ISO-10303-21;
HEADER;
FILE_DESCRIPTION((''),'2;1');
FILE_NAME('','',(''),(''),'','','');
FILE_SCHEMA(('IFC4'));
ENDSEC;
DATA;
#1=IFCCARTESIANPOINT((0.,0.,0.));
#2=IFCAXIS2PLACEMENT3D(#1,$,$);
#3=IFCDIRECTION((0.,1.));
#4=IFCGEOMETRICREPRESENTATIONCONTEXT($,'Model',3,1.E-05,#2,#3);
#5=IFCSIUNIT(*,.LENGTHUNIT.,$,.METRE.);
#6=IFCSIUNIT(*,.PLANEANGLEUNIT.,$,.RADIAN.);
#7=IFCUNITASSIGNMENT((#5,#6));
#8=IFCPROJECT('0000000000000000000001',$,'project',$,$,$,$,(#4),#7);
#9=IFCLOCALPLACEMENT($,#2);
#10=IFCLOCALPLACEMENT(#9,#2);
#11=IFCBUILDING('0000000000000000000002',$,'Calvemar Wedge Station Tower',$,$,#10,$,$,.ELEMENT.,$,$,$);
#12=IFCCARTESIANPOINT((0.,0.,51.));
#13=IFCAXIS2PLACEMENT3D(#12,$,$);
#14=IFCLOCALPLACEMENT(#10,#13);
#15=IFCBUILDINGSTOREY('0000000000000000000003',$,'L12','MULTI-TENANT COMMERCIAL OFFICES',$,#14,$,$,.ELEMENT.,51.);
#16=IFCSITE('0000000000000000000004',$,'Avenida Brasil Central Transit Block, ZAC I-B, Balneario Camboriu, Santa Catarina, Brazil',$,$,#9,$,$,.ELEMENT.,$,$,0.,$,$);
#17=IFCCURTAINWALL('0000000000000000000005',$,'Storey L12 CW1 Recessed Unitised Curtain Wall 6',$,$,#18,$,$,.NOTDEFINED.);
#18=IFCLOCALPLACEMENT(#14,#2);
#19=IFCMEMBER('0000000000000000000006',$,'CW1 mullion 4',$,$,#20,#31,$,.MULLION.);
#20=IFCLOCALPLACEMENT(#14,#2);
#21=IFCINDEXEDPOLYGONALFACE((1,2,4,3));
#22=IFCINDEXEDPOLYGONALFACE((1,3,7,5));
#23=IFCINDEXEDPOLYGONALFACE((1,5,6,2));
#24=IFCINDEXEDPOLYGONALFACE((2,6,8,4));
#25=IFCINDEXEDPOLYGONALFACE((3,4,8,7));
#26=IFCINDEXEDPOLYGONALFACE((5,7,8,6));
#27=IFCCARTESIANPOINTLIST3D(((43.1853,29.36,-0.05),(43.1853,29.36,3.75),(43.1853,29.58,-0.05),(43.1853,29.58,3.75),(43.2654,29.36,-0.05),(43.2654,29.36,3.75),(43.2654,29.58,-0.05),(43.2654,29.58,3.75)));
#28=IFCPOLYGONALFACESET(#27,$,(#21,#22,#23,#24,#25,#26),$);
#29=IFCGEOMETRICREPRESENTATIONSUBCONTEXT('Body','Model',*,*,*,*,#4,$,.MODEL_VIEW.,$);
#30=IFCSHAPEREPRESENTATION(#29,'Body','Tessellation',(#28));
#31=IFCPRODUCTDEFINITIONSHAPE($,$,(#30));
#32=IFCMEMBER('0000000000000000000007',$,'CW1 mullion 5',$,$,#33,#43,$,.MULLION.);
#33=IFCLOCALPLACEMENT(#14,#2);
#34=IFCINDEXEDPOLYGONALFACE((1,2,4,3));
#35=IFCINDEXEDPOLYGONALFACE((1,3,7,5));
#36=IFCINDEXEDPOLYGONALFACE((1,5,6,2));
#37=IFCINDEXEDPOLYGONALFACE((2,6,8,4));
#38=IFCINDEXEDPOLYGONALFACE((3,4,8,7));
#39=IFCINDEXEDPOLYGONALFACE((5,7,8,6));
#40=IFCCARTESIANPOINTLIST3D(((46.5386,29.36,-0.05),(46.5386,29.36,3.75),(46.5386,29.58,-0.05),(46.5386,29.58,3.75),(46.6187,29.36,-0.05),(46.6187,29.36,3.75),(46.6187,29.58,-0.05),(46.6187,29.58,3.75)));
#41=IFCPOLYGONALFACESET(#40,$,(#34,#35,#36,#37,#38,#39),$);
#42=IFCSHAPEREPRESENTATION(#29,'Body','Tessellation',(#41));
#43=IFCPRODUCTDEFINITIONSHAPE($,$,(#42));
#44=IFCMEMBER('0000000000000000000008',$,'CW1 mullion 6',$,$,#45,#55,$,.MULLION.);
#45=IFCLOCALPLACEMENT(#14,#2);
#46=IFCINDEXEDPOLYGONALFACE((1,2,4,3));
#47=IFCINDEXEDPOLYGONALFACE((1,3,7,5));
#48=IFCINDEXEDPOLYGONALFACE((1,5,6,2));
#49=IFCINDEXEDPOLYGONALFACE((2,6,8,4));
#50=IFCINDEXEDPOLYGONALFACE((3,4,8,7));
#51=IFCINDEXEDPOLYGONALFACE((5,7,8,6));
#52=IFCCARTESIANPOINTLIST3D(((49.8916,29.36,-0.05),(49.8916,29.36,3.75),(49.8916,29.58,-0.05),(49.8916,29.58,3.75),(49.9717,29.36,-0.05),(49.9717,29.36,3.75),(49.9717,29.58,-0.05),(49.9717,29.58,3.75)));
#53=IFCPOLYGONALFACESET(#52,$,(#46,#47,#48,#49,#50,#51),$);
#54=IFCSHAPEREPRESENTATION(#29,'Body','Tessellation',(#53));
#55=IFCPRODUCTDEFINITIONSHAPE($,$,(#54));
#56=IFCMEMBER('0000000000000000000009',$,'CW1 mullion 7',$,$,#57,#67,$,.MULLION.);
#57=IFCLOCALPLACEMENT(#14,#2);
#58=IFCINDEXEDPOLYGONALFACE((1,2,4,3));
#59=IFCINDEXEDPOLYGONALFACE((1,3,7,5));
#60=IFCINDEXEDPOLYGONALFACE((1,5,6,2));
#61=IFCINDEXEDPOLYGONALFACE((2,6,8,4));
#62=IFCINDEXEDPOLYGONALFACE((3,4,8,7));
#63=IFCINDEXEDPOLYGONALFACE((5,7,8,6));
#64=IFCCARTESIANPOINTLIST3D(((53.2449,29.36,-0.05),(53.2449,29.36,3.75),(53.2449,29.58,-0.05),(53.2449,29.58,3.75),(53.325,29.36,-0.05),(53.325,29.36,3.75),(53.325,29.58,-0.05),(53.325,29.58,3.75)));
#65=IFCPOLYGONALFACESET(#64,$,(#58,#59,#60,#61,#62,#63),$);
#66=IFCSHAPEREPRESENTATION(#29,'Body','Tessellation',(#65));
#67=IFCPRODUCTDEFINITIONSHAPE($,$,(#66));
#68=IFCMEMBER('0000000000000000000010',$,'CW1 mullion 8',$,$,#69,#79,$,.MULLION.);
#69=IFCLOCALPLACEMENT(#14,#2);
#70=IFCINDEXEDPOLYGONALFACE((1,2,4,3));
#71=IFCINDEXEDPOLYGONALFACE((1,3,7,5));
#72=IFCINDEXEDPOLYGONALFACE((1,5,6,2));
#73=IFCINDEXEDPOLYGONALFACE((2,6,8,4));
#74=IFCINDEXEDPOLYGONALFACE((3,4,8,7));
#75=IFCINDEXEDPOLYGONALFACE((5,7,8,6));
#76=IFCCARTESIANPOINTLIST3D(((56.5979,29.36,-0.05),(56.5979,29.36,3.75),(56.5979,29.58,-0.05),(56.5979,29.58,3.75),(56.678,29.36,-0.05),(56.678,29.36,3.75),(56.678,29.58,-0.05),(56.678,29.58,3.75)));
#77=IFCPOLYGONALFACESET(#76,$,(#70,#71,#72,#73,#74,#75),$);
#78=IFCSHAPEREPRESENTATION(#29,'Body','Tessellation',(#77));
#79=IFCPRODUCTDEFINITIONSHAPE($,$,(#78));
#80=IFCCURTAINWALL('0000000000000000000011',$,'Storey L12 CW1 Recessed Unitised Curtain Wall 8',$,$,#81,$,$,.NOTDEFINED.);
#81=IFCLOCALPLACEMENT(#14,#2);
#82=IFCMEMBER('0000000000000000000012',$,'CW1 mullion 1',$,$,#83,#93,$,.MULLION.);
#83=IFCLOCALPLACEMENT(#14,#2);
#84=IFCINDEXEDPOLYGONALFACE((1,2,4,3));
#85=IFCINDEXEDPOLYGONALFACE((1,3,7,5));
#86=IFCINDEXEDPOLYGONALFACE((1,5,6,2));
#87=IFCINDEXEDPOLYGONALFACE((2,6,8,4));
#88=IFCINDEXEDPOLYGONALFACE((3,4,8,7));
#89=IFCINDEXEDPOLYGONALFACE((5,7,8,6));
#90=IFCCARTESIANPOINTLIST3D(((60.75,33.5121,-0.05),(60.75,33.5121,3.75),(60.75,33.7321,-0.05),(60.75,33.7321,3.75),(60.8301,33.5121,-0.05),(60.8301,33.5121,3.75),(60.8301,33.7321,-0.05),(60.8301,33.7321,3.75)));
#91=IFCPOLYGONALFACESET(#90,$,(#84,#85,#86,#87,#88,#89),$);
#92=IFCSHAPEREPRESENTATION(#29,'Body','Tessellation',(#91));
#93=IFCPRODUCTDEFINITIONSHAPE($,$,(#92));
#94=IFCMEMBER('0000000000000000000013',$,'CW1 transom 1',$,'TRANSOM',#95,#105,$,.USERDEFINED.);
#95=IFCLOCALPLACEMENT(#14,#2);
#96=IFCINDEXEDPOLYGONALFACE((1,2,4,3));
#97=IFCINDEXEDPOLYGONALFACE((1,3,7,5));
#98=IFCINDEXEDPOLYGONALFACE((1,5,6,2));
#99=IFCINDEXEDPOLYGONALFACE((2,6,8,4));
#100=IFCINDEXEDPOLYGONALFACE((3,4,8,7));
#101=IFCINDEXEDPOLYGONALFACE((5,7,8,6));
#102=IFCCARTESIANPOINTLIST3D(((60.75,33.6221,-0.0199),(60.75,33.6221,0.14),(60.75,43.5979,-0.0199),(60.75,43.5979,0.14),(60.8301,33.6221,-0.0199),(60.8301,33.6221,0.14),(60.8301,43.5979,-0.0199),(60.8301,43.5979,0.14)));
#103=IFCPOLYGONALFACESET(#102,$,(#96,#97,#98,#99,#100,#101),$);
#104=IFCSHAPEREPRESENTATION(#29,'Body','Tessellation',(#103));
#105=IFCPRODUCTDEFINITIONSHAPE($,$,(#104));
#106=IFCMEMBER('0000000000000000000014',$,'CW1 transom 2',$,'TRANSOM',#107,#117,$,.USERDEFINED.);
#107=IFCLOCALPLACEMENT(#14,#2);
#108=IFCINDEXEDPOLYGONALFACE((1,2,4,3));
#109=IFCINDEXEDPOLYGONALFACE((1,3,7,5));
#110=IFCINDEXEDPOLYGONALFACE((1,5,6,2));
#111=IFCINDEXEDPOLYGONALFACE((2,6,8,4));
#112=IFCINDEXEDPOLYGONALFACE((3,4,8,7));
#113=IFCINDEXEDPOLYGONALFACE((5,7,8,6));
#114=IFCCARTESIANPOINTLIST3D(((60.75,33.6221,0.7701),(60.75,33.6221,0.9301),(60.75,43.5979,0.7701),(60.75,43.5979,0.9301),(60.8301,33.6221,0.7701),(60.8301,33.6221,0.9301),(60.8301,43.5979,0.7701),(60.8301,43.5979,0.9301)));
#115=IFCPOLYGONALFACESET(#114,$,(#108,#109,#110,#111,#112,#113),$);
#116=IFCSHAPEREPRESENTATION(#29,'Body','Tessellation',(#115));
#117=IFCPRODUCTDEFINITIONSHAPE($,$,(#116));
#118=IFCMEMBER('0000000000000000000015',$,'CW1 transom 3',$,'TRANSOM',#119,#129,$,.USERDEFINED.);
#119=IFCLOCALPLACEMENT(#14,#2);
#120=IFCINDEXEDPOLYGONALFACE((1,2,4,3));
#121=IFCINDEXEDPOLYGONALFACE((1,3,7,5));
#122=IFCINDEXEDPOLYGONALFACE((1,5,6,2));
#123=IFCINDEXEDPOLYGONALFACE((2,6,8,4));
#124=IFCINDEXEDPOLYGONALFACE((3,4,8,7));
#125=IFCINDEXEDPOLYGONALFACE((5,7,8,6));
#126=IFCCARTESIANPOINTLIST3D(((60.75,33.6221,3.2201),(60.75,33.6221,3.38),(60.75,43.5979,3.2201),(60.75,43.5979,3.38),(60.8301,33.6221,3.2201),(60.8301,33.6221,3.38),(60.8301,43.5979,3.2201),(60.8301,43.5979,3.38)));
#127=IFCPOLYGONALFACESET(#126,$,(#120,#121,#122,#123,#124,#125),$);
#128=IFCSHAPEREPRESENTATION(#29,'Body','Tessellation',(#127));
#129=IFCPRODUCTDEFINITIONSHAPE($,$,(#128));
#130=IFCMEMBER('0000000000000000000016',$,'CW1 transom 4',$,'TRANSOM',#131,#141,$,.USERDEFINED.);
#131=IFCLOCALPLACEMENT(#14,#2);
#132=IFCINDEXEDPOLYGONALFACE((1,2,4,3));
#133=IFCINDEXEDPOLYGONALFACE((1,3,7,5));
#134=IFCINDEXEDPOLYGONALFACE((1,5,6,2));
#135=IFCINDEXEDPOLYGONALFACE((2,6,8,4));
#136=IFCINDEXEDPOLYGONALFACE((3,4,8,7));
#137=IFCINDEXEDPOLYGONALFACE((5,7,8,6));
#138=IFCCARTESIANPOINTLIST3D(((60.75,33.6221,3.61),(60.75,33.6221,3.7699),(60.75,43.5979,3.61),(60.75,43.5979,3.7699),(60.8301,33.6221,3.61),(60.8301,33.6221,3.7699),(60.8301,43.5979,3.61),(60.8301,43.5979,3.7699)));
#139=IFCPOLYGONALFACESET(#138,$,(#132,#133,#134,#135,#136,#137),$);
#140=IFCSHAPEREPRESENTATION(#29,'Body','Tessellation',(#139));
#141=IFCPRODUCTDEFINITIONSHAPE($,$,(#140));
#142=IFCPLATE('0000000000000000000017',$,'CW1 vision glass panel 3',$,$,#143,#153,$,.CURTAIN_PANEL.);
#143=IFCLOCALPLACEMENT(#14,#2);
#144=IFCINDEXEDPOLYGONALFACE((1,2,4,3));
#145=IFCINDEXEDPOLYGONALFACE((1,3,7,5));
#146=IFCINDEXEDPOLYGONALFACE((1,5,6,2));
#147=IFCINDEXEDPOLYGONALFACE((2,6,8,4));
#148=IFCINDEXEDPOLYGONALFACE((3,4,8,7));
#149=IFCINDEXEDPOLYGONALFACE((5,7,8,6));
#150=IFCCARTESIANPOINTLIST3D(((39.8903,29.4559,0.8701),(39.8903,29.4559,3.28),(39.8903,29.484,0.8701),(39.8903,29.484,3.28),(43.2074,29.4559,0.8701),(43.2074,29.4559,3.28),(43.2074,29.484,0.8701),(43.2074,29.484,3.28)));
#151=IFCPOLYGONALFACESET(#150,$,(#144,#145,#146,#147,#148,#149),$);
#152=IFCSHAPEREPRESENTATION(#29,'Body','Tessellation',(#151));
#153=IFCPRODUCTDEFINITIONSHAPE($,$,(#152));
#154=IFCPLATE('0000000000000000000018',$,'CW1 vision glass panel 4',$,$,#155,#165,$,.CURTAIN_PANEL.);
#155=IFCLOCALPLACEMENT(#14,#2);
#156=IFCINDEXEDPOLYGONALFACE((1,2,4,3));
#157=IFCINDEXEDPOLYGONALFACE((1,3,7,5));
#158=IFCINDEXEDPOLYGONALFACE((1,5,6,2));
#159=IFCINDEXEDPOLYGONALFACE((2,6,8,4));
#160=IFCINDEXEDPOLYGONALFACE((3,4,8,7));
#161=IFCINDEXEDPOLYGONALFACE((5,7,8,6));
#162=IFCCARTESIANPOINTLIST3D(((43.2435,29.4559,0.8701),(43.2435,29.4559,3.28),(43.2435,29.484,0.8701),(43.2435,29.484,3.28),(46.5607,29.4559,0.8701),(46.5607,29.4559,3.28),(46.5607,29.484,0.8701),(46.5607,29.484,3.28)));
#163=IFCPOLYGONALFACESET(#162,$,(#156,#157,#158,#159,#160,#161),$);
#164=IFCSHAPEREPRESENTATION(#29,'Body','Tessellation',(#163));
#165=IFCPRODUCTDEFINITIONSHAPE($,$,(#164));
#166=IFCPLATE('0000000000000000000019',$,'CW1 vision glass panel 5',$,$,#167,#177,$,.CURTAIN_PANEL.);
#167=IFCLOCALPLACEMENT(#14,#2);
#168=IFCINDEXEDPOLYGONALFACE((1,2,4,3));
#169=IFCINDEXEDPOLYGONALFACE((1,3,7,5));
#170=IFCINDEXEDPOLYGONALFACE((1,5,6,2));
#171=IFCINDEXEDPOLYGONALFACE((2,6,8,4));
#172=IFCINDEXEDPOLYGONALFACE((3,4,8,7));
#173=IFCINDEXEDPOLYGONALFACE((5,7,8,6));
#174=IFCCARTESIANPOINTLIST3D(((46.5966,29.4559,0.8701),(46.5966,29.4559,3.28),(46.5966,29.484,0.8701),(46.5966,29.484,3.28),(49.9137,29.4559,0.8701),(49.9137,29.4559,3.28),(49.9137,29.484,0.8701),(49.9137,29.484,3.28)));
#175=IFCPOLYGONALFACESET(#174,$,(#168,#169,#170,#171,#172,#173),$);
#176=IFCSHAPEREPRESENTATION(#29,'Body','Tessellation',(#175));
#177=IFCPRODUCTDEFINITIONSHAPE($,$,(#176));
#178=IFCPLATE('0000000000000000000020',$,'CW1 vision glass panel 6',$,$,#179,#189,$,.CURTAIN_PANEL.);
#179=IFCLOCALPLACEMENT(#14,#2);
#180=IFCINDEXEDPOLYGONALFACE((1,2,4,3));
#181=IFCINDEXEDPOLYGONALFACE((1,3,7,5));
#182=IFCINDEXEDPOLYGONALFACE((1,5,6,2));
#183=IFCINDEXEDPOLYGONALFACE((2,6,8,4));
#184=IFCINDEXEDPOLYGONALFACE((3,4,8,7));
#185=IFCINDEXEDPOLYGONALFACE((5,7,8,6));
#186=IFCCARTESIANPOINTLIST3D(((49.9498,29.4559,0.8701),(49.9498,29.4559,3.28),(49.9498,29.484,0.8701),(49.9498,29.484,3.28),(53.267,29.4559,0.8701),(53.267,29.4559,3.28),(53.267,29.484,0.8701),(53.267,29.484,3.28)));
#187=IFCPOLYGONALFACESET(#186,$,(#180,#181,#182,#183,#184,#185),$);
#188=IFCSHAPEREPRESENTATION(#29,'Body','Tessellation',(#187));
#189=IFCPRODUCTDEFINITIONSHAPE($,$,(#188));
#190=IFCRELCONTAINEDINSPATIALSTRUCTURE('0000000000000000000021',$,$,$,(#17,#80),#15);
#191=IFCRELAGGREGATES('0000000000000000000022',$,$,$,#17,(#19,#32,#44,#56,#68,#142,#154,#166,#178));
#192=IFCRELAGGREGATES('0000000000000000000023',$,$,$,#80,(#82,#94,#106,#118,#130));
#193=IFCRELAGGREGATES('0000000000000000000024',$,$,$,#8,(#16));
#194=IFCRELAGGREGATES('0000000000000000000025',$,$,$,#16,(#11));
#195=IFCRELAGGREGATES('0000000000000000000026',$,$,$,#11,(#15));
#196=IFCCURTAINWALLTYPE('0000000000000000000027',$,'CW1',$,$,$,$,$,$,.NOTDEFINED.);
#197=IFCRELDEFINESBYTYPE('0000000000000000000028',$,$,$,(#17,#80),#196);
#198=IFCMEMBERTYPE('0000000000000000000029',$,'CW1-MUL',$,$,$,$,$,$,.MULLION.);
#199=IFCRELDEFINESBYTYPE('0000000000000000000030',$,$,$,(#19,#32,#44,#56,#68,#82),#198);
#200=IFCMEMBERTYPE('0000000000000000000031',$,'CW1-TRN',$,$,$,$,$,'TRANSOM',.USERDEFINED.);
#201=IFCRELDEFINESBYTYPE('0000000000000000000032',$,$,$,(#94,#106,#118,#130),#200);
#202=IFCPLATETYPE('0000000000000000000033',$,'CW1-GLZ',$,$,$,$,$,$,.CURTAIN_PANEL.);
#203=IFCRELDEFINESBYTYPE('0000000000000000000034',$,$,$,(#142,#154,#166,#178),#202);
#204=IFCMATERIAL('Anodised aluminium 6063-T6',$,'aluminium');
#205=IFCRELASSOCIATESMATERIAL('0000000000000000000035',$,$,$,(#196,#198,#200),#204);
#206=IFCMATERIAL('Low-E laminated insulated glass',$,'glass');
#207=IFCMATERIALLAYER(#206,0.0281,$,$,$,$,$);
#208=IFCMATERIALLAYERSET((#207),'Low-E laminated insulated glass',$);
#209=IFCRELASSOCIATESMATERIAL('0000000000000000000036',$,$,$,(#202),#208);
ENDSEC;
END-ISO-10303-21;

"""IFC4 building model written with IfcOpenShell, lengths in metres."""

from ifc_helpers import new_model, si_unit, direction, frame, frame_2d, origin, origin_2d, place, context, subcontext, project, spatial, rectangle, extrude, source, transform, mapped, material, layer, layer_set, material_profile, profile_set, type_object, element, aggregate, save


model = new_model("IFC4")

# Units and contexts
model_context = context("Model", 3, precision=1e-05, world=origin(), true_north=direction((0.0, 1.0)))
body_context = subcontext(model_context, "Body", "Model", "MODEL_VIEW")
ifc_project = project(units=[si_unit("LENGTHUNIT", "METRE"), si_unit("PLANEANGLEUNIT", "RADIAN")], contexts=[model_context])

# Site, building, storey
site_placement = place(None, origin())
site = spatial("IfcSite", under=ifc_project, at=site_placement, Name="Avenida Brasil Central Transit Block, ZAC I-B, Balneario Camboriu, Santa Catarina, Brazil", CompositionType="ELEMENT", RefElevation=0.0)
building_placement = place(site_placement, origin())
building = spatial("IfcBuilding", under=site, at=building_placement, Name="Calvemar Wedge Station Tower", CompositionType="ELEMENT")
storey_placement = place(building_placement, frame((0.0, 0.0, 51.0)))
storey = spatial("IfcBuildingStorey", under=building, at=storey_placement, Name="L12", Description="MULTI-TENANT COMMERCIAL OFFICES", CompositionType="ELEMENT", Elevation=51.0)

# Curtain walls, members
ifc_material_1 = material(Name="Anodised aluminium 6063-T6", Category="aluminium")
curtain_wall_type = type_object("IfcCurtainWallType", Name="CW1", PredefinedType="NOTDEFINED", material=ifc_material_1)
curtain_wall_1_placement = place(storey_placement, origin())
curtain_wall_1 = element("IfcCurtainWall", 1, at=curtain_wall_1_placement, inside=storey, type_object=curtain_wall_type, Name="Storey L12 CW1 Recessed Unitised Curtain Wall 6", PredefinedType="NOTDEFINED")
ifc_material_profile_1 = material_profile(ifc_material_1, rectangle(XDim=0.0801, YDim=0.22, at=origin_2d()), Name="AL-MUL-80x220")
ifc_profile_set_1 = profile_set([ifc_material_profile_1], Name="Anodised aluminium 6063-T6")
member_type_1 = type_object("IfcMemberType", Name="CW1-MUL", PredefinedType="MULLION", material=ifc_profile_set_1)
shared_shape_1 = source(origin(), body_context, "Body", "SweptSolid", [
    extrude(rectangle(XDim=0.0801, YDim=0.22, at=origin_2d()), origin(), (0.0, 0.0, 1.0), 3.8),
])
member_1_placement = place(storey_placement, frame((43.2253, 29.47, -0.05), z_axis=(0.0, 0.0, 1.0), x_axis=(1.0, 0.0, 0.0)))
member_1 = element("IfcMember", 2, at=member_1_placement, type_object=member_type_1, Name="CW1 mullion 4", PredefinedType="MULLION", context=body_context, shape_type="MappedRepresentation", body=[
    mapped(shared_shape_1, transform((0.0, 0.0, 0.0), scale=1.0)),
])
member_2_placement = place(storey_placement, frame((46.5786, 29.47, -0.05), z_axis=(0.0, 0.0, 1.0), x_axis=(1.0, 0.0, 0.0)))
member_2 = element("IfcMember", 3, at=member_2_placement, type_object=member_type_1, Name="CW1 mullion 5", PredefinedType="MULLION", context=body_context, shape_type="MappedRepresentation", body=[
    mapped(shared_shape_1, transform((0.0, 0.0, 0.0), scale=1.0)),
])
member_3_placement = place(storey_placement, frame((49.9316, 29.47, -0.05), z_axis=(0.0, 0.0, 1.0), x_axis=(1.0, 0.0, 0.0)))
member_3 = element("IfcMember", 4, at=member_3_placement, type_object=member_type_1, Name="CW1 mullion 6", PredefinedType="MULLION", context=body_context, shape_type="MappedRepresentation", body=[
    mapped(shared_shape_1, transform((0.0, 0.0, 0.0), scale=1.0)),
])
member_4_placement = place(storey_placement, frame((53.2849, 29.47, -0.05), z_axis=(0.0, 0.0, 1.0), x_axis=(1.0, 0.0, 0.0)))
member_4 = element("IfcMember", 5, at=member_4_placement, type_object=member_type_1, Name="CW1 mullion 7", PredefinedType="MULLION", context=body_context, shape_type="MappedRepresentation", body=[
    mapped(shared_shape_1, transform((0.0, 0.0, 0.0), scale=1.0)),
])
member_5_placement = place(storey_placement, frame((56.6379, 29.47, -0.05), z_axis=(0.0, 0.0, 1.0), x_axis=(1.0, 0.0, 0.0)))
member_5 = element("IfcMember", 6, at=member_5_placement, type_object=member_type_1, Name="CW1 mullion 8", PredefinedType="MULLION", context=body_context, shape_type="MappedRepresentation", body=[
    mapped(shared_shape_1, transform((0.0, 0.0, 0.0), scale=1.0)),
])
curtain_wall_2_placement = place(storey_placement, origin())
curtain_wall_2 = element("IfcCurtainWall", 7, at=curtain_wall_2_placement, inside=storey, type_object=curtain_wall_type, Name="Storey L12 CW1 Recessed Unitised Curtain Wall 8", PredefinedType="NOTDEFINED")
member_6_placement = place(storey_placement, frame((60.79, 33.6221, -0.05), z_axis=(0.0, 0.0, 1.0), x_axis=(1.0, 0.0, 0.0)))
member_6 = element("IfcMember", 8, at=member_6_placement, type_object=member_type_1, Name="CW1 mullion 1", PredefinedType="MULLION", context=body_context, shape_type="MappedRepresentation", body=[
    mapped(shared_shape_1, transform((0.0, 0.0, 0.0), scale=1.0)),
])
ifc_material_profile_2 = material_profile(ifc_material_1, rectangle(XDim=0.0801, YDim=0.1599, at=origin_2d()), Name="AL-TRN-80x160")
ifc_profile_set_2 = profile_set([ifc_material_profile_2], Name="Anodised aluminium 6063-T6")
member_type_2 = type_object("IfcMemberType", Name="CW1-TRN", ElementType="TRANSOM", PredefinedType="USERDEFINED", material=ifc_profile_set_2)
shared_shape_2 = source(origin(), body_context, "Body", "SweptSolid", [
    extrude(rectangle(XDim=0.0801, YDim=0.1599, at=origin_2d()), origin(), (0.0, 0.0, 1.0), 9.9758),
])
member_7_placement = place(storey_placement, frame((60.79, 33.6221, 0.0601), z_axis=(0.0, 1.0, 0.0), x_axis=(-1.0, 0.0, 0.0)))
member_7 = element("IfcMember", 9, at=member_7_placement, type_object=member_type_2, Name="CW1 transom 1", ObjectType="TRANSOM", PredefinedType="USERDEFINED", context=body_context, shape_type="MappedRepresentation", body=[
    mapped(shared_shape_2, transform((0.0, 0.0, 0.0), scale=1.0)),
])
member_8_placement = place(storey_placement, frame((60.79, 33.6221, 0.8501), z_axis=(0.0, 1.0, 0.0), x_axis=(-1.0, 0.0, 0.0)))
member_8 = element("IfcMember", 10, at=member_8_placement, type_object=member_type_2, Name="CW1 transom 2", ObjectType="TRANSOM", PredefinedType="USERDEFINED", context=body_context, shape_type="MappedRepresentation", body=[
    mapped(shared_shape_2, transform((0.0, 0.0, 0.0), scale=1.0)),
])
member_9_placement = place(storey_placement, frame((60.79, 33.6221, 3.3), z_axis=(0.0, 1.0, 0.0), x_axis=(-1.0, 0.0, 0.0)))
member_9 = element("IfcMember", 11, at=member_9_placement, type_object=member_type_2, Name="CW1 transom 3", ObjectType="TRANSOM", PredefinedType="USERDEFINED", context=body_context, shape_type="MappedRepresentation", body=[
    mapped(shared_shape_2, transform((0.0, 0.0, 0.0), scale=1.0)),
])
member_10_placement = place(storey_placement, frame((60.79, 33.6221, 3.6899), z_axis=(0.0, 1.0, 0.0), x_axis=(-1.0, 0.0, 0.0)))
member_10 = element("IfcMember", 12, at=member_10_placement, type_object=member_type_2, Name="CW1 transom 4", ObjectType="TRANSOM", PredefinedType="USERDEFINED", context=body_context, shape_type="MappedRepresentation", body=[
    mapped(shared_shape_2, transform((0.0, 0.0, 0.0), scale=1.0)),
])

# Plates
ifc_material_2 = material(Name="Low-E laminated insulated glass", Category="glass")
ifc_layer_1 = layer(ifc_material_2, 0.0281)
ifc_layer_set_1 = layer_set([ifc_layer_1], Name="Low-E laminated insulated glass")
plate_type_1 = type_object("IfcPlateType", Name="CW1-GLZ", PredefinedType="CURTAIN_PANEL", material=ifc_layer_set_1)
plate_1_placement = place(storey_placement, frame((39.8901, 29.47, 0.8701), z_axis=(0.0, 0.0, 1.0), x_axis=(1.0, 0.0, 0.0)))
plate_1 = element("IfcPlate", 13, at=plate_1_placement, type_object=plate_type_1, Name="CW1 vision glass panel 3", PredefinedType="CURTAIN_PANEL", context=body_context, shape_type="SweptSolid", body=[
    extrude(rectangle(XDim=3.3171, YDim=0.0281, at=frame_2d((1.6587, 0.0))), origin(), (0.0, 0.0, 1.0), 2.4099),
])
plate_2_placement = place(storey_placement, frame((43.2434, 29.47, 0.8701), z_axis=(0.0, 0.0, 1.0), x_axis=(1.0, 0.0, 0.0)))
plate_2 = element("IfcPlate", 14, at=plate_2_placement, type_object=plate_type_1, Name="CW1 vision glass panel 4", PredefinedType="CURTAIN_PANEL", context=body_context, shape_type="SweptSolid", body=[
    extrude(rectangle(XDim=3.3171, YDim=0.0281, at=frame_2d((1.6587, 0.0))), origin(), (0.0, 0.0, 1.0), 2.4099),
])
plate_3_placement = place(storey_placement, frame((46.5964, 29.47, 0.8701), z_axis=(0.0, 0.0, 1.0), x_axis=(1.0, 0.0, 0.0)))
plate_3 = element("IfcPlate", 15, at=plate_3_placement, type_object=plate_type_1, Name="CW1 vision glass panel 5", PredefinedType="CURTAIN_PANEL", context=body_context, shape_type="SweptSolid", body=[
    extrude(rectangle(XDim=3.3171, YDim=0.0281, at=frame_2d((1.6587, 0.0))), origin(), (0.0, 0.0, 1.0), 2.4099),
])
plate_4_placement = place(storey_placement, frame((49.9497, 29.47, 0.8701), z_axis=(0.0, 0.0, 1.0), x_axis=(1.0, 0.0, 0.0)))
plate_4 = element("IfcPlate", 16, at=plate_4_placement, type_object=plate_type_1, Name="CW1 vision glass panel 6", PredefinedType="CURTAIN_PANEL", context=body_context, shape_type="SweptSolid", body=[
    extrude(rectangle(XDim=3.3171, YDim=0.0281, at=frame_2d((1.6587, 0.0))), origin(), (0.0, 0.0, 1.0), 2.4099),
])
aggregate(curtain_wall_1, [member_1, member_2, member_3, member_4, member_5, plate_1, plate_2, plate_3, plate_4])
aggregate(curtain_wall_2, [member_6, member_7, member_8, member_9, member_10])

save(model, "model.ifc")
